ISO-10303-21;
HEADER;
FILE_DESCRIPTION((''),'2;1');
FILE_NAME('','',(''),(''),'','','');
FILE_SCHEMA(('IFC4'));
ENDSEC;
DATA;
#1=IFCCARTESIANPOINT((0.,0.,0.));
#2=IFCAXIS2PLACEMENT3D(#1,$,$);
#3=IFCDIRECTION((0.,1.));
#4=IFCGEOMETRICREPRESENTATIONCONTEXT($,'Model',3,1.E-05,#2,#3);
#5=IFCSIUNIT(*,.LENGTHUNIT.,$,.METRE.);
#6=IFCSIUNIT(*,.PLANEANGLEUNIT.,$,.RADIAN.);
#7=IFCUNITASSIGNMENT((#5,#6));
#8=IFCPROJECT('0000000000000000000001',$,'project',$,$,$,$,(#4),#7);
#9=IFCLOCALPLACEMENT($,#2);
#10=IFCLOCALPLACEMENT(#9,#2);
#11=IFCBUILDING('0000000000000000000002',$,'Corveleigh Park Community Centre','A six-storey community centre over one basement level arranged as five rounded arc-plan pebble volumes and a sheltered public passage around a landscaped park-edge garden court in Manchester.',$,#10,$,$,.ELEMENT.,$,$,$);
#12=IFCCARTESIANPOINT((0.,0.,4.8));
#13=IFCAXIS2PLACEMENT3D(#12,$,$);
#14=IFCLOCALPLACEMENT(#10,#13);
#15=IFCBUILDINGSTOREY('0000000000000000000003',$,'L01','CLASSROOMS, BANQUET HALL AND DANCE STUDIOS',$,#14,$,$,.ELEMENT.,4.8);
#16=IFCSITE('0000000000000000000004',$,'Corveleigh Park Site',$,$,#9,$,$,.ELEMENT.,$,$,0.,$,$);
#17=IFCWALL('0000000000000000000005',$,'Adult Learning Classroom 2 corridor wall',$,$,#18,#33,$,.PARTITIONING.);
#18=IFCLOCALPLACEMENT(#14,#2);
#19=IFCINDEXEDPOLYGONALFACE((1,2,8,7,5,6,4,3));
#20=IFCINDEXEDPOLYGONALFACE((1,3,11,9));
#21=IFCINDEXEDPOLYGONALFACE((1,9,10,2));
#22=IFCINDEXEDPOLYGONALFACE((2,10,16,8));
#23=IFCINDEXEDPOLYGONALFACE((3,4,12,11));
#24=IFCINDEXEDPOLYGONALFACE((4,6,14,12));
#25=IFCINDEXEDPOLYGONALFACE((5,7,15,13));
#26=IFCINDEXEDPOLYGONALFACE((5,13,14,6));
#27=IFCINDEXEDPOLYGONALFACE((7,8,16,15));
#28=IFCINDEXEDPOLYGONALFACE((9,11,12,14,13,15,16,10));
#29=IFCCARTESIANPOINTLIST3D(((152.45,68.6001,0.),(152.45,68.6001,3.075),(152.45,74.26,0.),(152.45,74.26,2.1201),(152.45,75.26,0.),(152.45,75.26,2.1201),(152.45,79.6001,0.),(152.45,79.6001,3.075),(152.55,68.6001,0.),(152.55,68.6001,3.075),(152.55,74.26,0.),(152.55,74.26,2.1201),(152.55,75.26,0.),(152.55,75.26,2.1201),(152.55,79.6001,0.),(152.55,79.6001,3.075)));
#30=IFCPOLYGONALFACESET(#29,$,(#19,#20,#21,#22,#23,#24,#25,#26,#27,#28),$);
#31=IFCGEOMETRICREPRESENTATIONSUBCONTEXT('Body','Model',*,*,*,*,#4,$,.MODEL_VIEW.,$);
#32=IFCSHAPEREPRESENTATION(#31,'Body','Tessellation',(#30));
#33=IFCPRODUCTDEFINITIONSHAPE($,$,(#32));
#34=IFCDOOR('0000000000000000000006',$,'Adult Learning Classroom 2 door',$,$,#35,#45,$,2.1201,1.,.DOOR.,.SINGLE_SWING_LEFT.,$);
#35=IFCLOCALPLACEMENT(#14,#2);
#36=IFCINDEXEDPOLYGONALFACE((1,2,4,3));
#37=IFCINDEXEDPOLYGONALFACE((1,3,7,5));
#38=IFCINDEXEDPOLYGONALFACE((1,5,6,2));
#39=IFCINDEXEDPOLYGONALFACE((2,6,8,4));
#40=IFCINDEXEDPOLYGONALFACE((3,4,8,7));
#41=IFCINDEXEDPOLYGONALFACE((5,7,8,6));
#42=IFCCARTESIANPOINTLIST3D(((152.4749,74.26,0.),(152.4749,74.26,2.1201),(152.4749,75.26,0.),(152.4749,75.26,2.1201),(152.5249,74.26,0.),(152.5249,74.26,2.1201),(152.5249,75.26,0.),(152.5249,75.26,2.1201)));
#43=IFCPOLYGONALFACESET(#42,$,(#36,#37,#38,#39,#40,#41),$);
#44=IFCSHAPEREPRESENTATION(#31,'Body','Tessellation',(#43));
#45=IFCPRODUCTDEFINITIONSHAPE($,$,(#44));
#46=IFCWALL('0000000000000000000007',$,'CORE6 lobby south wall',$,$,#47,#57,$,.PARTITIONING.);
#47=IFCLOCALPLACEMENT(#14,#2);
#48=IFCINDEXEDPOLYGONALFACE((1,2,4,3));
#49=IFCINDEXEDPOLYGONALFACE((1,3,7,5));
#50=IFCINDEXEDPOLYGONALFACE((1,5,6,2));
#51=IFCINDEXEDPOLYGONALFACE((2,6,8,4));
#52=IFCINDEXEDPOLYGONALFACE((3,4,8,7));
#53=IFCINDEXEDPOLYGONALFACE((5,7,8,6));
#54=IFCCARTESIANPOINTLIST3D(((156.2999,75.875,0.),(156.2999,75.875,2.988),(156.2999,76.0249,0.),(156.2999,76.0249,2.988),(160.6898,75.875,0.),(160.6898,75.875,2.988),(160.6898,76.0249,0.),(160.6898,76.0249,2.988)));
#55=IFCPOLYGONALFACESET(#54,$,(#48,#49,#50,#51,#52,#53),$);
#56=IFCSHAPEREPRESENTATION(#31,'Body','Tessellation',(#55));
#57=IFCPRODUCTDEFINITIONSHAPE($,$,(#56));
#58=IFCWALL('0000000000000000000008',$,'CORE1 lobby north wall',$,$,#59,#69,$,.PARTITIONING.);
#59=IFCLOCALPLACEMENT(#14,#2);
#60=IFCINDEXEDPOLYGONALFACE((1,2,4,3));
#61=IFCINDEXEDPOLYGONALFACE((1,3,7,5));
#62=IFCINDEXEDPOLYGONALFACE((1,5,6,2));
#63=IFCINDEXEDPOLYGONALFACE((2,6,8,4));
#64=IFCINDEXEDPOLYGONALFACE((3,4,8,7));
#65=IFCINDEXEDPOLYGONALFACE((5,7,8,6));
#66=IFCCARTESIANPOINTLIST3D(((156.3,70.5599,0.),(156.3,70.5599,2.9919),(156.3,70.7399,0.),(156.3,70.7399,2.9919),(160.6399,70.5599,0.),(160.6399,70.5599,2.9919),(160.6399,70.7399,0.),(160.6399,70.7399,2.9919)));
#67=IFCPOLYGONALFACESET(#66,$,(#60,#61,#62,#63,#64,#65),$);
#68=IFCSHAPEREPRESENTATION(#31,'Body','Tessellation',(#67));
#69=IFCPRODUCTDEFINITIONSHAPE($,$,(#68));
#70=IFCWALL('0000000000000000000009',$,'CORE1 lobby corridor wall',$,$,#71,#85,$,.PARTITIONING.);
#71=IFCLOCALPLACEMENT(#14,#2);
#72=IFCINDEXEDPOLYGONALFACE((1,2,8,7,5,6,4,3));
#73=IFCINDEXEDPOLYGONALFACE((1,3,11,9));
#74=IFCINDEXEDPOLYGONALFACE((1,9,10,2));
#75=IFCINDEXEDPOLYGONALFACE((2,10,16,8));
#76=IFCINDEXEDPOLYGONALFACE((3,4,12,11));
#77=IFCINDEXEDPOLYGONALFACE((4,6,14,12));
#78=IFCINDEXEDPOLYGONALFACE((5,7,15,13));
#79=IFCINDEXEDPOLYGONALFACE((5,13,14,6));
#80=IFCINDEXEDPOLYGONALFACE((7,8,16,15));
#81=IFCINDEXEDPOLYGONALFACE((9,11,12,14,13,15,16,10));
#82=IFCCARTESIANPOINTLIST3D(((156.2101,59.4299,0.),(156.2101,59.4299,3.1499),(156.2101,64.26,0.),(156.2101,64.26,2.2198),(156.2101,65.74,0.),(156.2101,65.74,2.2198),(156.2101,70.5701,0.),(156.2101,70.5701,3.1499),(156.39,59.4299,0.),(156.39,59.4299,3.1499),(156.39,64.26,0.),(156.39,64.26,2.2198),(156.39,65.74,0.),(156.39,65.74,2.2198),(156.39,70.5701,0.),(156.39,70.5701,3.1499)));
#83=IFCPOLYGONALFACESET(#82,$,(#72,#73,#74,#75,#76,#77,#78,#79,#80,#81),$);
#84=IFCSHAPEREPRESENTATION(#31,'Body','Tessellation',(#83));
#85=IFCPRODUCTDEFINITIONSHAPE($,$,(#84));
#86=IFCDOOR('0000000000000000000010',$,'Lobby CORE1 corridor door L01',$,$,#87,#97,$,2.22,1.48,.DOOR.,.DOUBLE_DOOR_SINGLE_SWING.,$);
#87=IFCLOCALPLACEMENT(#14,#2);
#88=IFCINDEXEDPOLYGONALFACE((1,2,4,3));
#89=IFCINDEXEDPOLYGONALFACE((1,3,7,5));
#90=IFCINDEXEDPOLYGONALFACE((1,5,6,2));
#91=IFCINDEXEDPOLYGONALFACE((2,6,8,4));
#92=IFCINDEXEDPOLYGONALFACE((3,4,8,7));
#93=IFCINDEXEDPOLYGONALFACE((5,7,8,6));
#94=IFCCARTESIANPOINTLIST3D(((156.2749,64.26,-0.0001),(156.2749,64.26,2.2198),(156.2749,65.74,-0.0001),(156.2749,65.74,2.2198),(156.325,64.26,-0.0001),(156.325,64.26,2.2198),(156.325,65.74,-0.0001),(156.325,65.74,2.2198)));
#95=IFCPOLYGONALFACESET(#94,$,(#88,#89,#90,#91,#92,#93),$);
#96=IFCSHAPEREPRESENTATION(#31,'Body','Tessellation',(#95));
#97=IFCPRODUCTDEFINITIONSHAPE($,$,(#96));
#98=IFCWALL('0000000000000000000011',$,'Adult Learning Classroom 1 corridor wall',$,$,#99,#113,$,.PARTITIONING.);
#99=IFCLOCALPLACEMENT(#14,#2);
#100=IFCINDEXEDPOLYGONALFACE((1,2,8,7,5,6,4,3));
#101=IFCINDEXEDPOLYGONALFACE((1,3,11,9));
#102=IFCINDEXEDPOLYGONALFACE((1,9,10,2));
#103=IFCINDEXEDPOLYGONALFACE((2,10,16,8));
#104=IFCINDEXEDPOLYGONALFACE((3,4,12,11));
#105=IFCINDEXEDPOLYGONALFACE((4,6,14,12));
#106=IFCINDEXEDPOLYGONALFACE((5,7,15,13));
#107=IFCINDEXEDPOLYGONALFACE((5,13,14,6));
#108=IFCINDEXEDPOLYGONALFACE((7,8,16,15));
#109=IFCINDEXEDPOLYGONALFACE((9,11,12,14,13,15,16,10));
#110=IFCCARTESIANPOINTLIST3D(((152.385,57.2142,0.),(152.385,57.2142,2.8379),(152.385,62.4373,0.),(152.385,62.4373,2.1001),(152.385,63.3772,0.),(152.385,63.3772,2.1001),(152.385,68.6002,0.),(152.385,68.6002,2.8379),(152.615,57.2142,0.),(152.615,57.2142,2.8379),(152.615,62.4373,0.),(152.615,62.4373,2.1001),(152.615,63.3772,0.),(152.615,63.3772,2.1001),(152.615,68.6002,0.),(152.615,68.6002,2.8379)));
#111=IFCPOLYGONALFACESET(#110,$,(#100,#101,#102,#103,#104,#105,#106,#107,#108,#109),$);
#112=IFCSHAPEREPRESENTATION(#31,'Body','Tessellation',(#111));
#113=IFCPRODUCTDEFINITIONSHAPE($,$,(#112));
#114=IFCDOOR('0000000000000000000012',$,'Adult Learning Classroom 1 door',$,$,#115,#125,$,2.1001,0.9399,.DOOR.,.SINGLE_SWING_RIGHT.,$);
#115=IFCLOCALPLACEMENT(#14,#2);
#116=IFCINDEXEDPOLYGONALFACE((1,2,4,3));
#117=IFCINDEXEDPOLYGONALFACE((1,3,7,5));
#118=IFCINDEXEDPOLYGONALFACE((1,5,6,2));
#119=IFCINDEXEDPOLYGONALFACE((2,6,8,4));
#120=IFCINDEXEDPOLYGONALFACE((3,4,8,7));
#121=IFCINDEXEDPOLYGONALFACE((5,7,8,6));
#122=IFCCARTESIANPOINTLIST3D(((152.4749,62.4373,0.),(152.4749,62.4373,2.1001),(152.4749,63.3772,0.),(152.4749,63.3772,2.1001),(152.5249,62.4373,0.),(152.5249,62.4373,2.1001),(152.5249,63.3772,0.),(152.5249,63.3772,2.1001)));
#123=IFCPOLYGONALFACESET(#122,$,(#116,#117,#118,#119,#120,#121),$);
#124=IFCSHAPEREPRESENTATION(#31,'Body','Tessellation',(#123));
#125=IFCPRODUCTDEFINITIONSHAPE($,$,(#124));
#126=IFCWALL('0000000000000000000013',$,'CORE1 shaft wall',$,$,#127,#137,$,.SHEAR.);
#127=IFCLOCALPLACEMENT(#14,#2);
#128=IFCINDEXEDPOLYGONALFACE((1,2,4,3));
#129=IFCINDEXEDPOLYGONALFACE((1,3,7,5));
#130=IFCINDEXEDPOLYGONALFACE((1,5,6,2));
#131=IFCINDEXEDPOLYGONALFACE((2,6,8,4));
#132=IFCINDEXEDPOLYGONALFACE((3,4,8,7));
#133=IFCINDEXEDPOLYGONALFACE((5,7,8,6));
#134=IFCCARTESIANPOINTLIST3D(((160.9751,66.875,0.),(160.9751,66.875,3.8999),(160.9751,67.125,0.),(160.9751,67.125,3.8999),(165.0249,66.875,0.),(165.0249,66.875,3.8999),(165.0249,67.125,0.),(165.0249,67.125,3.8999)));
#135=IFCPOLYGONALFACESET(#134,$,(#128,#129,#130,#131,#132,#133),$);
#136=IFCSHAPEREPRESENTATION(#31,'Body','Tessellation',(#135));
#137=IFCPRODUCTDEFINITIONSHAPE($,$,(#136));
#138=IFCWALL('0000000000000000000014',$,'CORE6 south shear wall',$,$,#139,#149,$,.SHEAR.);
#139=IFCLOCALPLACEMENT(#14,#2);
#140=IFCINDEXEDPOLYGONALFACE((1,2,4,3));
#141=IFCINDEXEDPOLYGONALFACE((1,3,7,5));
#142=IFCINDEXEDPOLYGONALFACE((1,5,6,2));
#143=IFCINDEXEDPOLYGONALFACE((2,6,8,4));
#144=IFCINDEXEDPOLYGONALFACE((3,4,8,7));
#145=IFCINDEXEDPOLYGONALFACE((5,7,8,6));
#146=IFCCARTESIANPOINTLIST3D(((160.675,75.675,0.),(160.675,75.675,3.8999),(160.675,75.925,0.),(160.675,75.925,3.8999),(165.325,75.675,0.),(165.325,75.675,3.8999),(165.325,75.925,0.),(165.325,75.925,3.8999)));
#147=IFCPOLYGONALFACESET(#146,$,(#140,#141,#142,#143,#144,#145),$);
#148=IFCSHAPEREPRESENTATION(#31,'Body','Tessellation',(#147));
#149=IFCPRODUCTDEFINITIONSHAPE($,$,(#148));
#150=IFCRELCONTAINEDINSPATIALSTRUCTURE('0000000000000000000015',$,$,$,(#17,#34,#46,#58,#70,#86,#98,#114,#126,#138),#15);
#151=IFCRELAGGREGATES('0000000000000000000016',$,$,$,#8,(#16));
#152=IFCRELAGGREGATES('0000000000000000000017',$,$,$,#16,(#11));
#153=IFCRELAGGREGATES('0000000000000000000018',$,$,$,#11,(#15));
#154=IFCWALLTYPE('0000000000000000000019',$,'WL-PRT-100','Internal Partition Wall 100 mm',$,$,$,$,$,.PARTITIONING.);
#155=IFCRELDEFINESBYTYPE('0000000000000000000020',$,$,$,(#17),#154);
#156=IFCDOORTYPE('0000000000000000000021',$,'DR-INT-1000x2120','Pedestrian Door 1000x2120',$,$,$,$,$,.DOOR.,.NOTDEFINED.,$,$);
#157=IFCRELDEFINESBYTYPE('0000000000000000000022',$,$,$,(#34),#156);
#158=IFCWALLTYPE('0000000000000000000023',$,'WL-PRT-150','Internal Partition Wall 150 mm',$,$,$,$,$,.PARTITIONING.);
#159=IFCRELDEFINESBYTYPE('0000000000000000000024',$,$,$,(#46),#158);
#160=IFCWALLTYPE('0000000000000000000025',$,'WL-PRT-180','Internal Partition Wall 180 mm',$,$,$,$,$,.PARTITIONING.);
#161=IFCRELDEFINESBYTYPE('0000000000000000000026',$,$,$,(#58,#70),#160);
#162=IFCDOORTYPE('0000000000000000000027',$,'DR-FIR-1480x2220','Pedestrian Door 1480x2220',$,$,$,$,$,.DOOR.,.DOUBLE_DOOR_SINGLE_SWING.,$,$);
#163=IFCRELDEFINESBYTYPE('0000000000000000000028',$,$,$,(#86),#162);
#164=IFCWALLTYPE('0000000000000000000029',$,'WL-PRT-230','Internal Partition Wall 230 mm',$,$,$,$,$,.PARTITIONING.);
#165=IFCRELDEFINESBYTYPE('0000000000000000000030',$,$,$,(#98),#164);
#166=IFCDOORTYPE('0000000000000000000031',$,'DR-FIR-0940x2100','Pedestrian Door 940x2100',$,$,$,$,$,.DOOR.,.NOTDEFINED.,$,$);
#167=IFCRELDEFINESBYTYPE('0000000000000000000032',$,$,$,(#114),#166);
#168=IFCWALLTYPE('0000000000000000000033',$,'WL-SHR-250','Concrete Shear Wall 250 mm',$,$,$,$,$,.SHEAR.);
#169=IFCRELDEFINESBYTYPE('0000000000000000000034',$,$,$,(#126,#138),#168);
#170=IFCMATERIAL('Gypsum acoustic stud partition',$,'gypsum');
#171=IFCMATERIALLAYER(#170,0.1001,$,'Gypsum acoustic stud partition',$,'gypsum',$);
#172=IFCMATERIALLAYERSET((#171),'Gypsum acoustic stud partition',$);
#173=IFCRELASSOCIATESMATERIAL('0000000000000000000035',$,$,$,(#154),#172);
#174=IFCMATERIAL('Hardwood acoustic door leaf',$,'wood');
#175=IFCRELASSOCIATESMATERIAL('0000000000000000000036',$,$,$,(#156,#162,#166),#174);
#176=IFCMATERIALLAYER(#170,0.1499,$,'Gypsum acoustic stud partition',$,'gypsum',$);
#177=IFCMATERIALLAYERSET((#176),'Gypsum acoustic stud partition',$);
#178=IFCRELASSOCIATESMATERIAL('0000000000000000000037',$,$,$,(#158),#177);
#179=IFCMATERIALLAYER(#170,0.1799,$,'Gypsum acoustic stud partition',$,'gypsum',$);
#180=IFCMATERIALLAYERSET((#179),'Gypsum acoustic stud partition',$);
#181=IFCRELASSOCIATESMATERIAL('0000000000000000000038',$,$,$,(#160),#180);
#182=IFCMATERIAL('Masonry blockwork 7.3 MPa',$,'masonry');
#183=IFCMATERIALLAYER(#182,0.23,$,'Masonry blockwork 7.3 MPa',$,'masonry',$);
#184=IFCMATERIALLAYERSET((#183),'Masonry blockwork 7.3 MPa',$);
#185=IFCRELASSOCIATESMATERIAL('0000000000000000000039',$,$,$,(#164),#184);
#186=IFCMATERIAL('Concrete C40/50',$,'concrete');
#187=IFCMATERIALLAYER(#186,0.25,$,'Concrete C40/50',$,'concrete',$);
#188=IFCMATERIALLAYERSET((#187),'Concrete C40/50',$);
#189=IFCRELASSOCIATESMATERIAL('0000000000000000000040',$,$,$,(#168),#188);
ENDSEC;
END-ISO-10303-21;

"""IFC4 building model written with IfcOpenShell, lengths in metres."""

from ifc_helpers import new_model, si_unit, direction, frame, frame_2d, origin, place, context, subcontext, project, spatial, rectangle, extrude, material, layer, layer_set, type_object, element, fill, save


model = new_model("IFC4")

# Units and contexts
model_context = context("Model", 3, precision=1e-05, world=origin(), true_north=direction((0.0, 1.0)))
body_context = subcontext(model_context, "Body", "Model", "MODEL_VIEW")
ifc_project = project(units=[si_unit("LENGTHUNIT", "METRE"), si_unit("PLANEANGLEUNIT", "RADIAN")], contexts=[model_context])

# Site, building, storey
site_placement = place(None, origin())
site = spatial("IfcSite", under=ifc_project, at=site_placement, Name="Corveleigh Park Site", CompositionType="ELEMENT", RefElevation=0.0)
building_placement = place(site_placement, origin())
building = spatial("IfcBuilding", under=site, at=building_placement, Name="Corveleigh Park Community Centre", Description="A six-storey community centre over one basement level arranged as five rounded arc-plan pebble volumes and a sheltered public passage around a landscaped park-edge garden court in Manchester.", CompositionType="ELEMENT")
storey_placement = place(building_placement, frame((0.0, 0.0, 4.8)))
storey = spatial("IfcBuildingStorey", under=building, at=storey_placement, Name="L01", Description="CLASSROOMS, BANQUET HALL AND DANCE STUDIOS", CompositionType="ELEMENT", Elevation=4.8)

# Shared definitions
ifc_material_1 = material(Name="Concrete C40/50", Category="concrete")

# Wall, opening, door
ifc_material_2 = material(Name="Gypsum acoustic stud partition", Category="gypsum")
ifc_layer_1 = layer(ifc_material_2, 0.1001, Name="Gypsum acoustic stud partition", Category="gypsum")
ifc_layer_set_1 = layer_set([ifc_layer_1], Name="Gypsum acoustic stud partition")
wall_type_1 = type_object("IfcWallType", Name="WL-PRT-100", Description="Internal Partition Wall 100 mm", PredefinedType="PARTITIONING", material=ifc_layer_set_1)
wall_1_placement = place(storey_placement, frame((152.5, 79.6001, 0.0), z_axis=(0.0, 0.0, 1.0), x_axis=(0.0, -1.0, 0.0)))
wall_1 = element("IfcWall", 1, at=wall_1_placement, inside=storey, type_object=wall_type_1, Name="Adult Learning Classroom 2 corridor wall", PredefinedType="PARTITIONING", context=body_context, shape_type="SweptSolid", body=[
    extrude(rectangle(XDim=11.0, YDim=0.1001, at=frame_2d((5.5, 0.0))), origin(), (0.0, 0.0, 1.0), 3.075),
])
opening_1_placement = place(wall_1_placement, frame((4.3401, 0.0, 0.0)))
opening_1 = element("IfcOpeningElement", 2, at=opening_1_placement, cuts=wall_1, PredefinedType="OPENING", context=body_context, shape_type="SweptSolid", body=[
    extrude(rectangle(XDim=1.0, YDim=2.1201, at=frame_2d((0.5, 1.0601))), frame((0.0, 0.0601, 0.0), z_axis=(0.0, -1.0, 0.0), x_axis=(1.0, 0.0, 0.0)), (0.0, 0.0, 1.0), 0.1201),
])
ifc_material_3 = material(Name="Hardwood acoustic door leaf", Category="wood")
door_type_1 = type_object("IfcDoorType", Name="DR-INT-1000x2120", Description="Pedestrian Door 1000x2120", OperationType="NOTDEFINED", PredefinedType="DOOR", material=ifc_material_3)
door_1_placement = place(opening_1_placement, origin())
door_1 = element("IfcDoor", 3, at=door_1_placement, inside=storey, type_object=door_type_1, Name="Adult Learning Classroom 2 door", OperationType="SINGLE_SWING_LEFT", OverallHeight=2.1201, OverallWidth=1.0, PredefinedType="DOOR", context=body_context, shape_type="SweptSolid", body=[
    extrude(rectangle(XDim=1.0, YDim=2.1201, at=frame_2d((0.5, 1.0601))), frame((0.0, 0.0249, 0.0), z_axis=(0.0, -1.0, 0.0), x_axis=(1.0, 0.0, 0.0)), (0.0, 0.0, 1.0), 0.05),
])
fill(opening_1, door_1)

# Walls
ifc_layer_2 = layer(ifc_material_2, 0.1499, Name="Gypsum acoustic stud partition", Category="gypsum")
ifc_layer_set_2 = layer_set([ifc_layer_2], Name="Gypsum acoustic stud partition")
wall_type_2 = type_object("IfcWallType", Name="WL-PRT-150", Description="Internal Partition Wall 150 mm", PredefinedType="PARTITIONING", material=ifc_layer_set_2)
wall_2_placement = place(storey_placement, frame((156.3, 75.95, 0.0), z_axis=(0.0, 0.0, 1.0), x_axis=(1.0, 0.0, 0.0)))
element("IfcWall", 4, at=wall_2_placement, inside=storey, type_object=wall_type_2, Name="CORE6 lobby south wall", PredefinedType="PARTITIONING", context=body_context, shape_type="SweptSolid", body=[
    extrude(rectangle(XDim=4.3899, YDim=0.1499, at=frame_2d((2.1948, 0.0))), origin(), (0.0, 0.0, 1.0), 2.988),
])
ifc_layer_3 = layer(ifc_material_2, 0.1799, Name="Gypsum acoustic stud partition", Category="gypsum")
ifc_layer_set_3 = layer_set([ifc_layer_3], Name="Gypsum acoustic stud partition")
wall_type_3 = type_object("IfcWallType", Name="WL-PRT-180", Description="Internal Partition Wall 180 mm", PredefinedType="PARTITIONING", material=ifc_layer_set_3)
wall_3_placement = place(storey_placement, frame((160.6399, 70.6499, 0.0), z_axis=(0.0, 0.0, 1.0), x_axis=(-1.0, 0.0, 0.0)))
element("IfcWall", 5, at=wall_3_placement, inside=storey, type_object=wall_type_3, Name="CORE1 lobby north wall", PredefinedType="PARTITIONING", context=body_context, shape_type="SweptSolid", body=[
    extrude(rectangle(XDim=4.3398, YDim=0.1799, at=frame_2d((2.1699, 0.0))), origin(), (0.0, 0.0, 1.0), 2.9919),
])

# Walls, openings, doors
wall_4_placement = place(storey_placement, frame((156.3, 70.5701, 0.0), z_axis=(0.0, 0.0, 1.0), x_axis=(0.0, -1.0, 0.0)))
wall_4 = element("IfcWall", 6, at=wall_4_placement, inside=storey, type_object=wall_type_3, Name="CORE1 lobby corridor wall", PredefinedType="PARTITIONING", context=body_context, shape_type="SweptSolid", body=[
    extrude(rectangle(XDim=11.1401, YDim=0.1799, at=frame_2d((5.5701, 0.0))), origin(), (0.0, 0.0, 1.0), 3.1499),
])
opening_2_placement = place(wall_4_placement, frame((4.8301, 0.0, 0.0)))
opening_2 = element("IfcOpeningElement", 7, at=opening_2_placement, cuts=wall_4, PredefinedType="OPENING", context=body_context, shape_type="SweptSolid", body=[
    extrude(rectangle(XDim=1.48, YDim=2.22, at=frame_2d((0.74, 1.1099))), frame((0.0, 0.0999, 0.0), z_axis=(0.0, -1.0, 0.0), x_axis=(1.0, 0.0, 0.0)), (0.0, 0.0, 1.0), 0.2),
])
door_type_2 = type_object("IfcDoorType", Name="DR-FIR-1480x2220", Description="Pedestrian Door 1480x2220", OperationType="DOUBLE_DOOR_SINGLE_SWING", PredefinedType="DOOR", material=ifc_material_3)
door_2_placement = place(opening_2_placement, origin())
door_2 = element("IfcDoor", 8, at=door_2_placement, inside=storey, type_object=door_type_2, Name="Lobby CORE1 corridor door L01", OperationType="DOUBLE_DOOR_SINGLE_SWING", OverallHeight=2.22, OverallWidth=1.48, PredefinedType="DOOR", context=body_context, shape_type="SweptSolid", body=[
    extrude(rectangle(XDim=1.48, YDim=2.22, at=frame_2d((0.74, 1.1099))), frame((0.0, 0.0249, 0.0), z_axis=(0.0, -1.0, 0.0), x_axis=(1.0, 0.0, 0.0)), (0.0, 0.0, 1.0), 0.05),
])
fill(opening_2, door_2)
ifc_material_4 = material(Name="Masonry blockwork 7.3 MPa", Category="masonry")
ifc_layer_4 = layer(ifc_material_4, 0.23, Name="Masonry blockwork 7.3 MPa", Category="masonry")
ifc_layer_set_4 = layer_set([ifc_layer_4], Name="Masonry blockwork 7.3 MPa")
wall_type_4 = type_object("IfcWallType", Name="WL-PRT-230", Description="Internal Partition Wall 230 mm", PredefinedType="PARTITIONING", material=ifc_layer_set_4)
wall_5_placement = place(storey_placement, frame((152.5, 68.6001, 0.0), z_axis=(0.0, 0.0, 1.0), x_axis=(0.0, -1.0, 0.0)))
wall_5 = element("IfcWall", 9, at=wall_5_placement, inside=storey, type_object=wall_type_4, Name="Adult Learning Classroom 1 corridor wall", PredefinedType="PARTITIONING", context=body_context, shape_type="SweptSolid", body=[
    extrude(rectangle(XDim=11.386, YDim=0.23, at=frame_2d((5.6929, 0.0))), origin(), (0.0, 0.0, 1.0), 2.8379),
])
opening_3_placement = place(wall_5_placement, frame((5.2229, 0.0, 0.0)))
opening_3 = element("IfcOpeningElement", 10, at=opening_3_placement, cuts=wall_5, PredefinedType="OPENING", context=body_context, shape_type="SweptSolid", body=[
    extrude(rectangle(XDim=0.9399, YDim=2.1001, at=frame_2d((0.47, 1.05))), frame((0.0, 0.125, 0.0), z_axis=(0.0, -1.0, 0.0), x_axis=(1.0, 0.0, 0.0)), (0.0, 0.0, 1.0), 0.25),
])
door_type_3 = type_object("IfcDoorType", Name="DR-FIR-0940x2100", Description="Pedestrian Door 940x2100", OperationType="NOTDEFINED", PredefinedType="DOOR", material=ifc_material_3)
door_3_placement = place(opening_3_placement, origin())
door_3 = element("IfcDoor", 11, at=door_3_placement, inside=storey, type_object=door_type_3, Name="Adult Learning Classroom 1 door", OperationType="SINGLE_SWING_RIGHT", OverallHeight=2.1001, OverallWidth=0.9399, PredefinedType="DOOR", context=body_context, shape_type="SweptSolid", body=[
    extrude(rectangle(XDim=0.9399, YDim=2.1001, at=frame_2d((0.47, 1.05))), frame((0.0, 0.0249, 0.0), z_axis=(0.0, -1.0, 0.0), x_axis=(1.0, 0.0, 0.0)), (0.0, 0.0, 1.0), 0.05),
])
fill(opening_3, door_3)

# Walls
ifc_layer_5 = layer(ifc_material_1, 0.25, Name="Concrete C40/50", Category="concrete")
ifc_layer_set_5 = layer_set([ifc_layer_5], Name="Concrete C40/50")
wall_type_5 = type_object("IfcWallType", Name="WL-SHR-250", Description="Concrete Shear Wall 250 mm", PredefinedType="SHEAR", material=ifc_layer_set_5)
wall_6_placement = place(storey_placement, frame((160.9751, 67.0, 0.0), z_axis=(0.0, 0.0, 1.0), x_axis=(1.0, 0.0, 0.0)))
element("IfcWall", 12, at=wall_6_placement, inside=storey, type_object=wall_type_5, Name="CORE1 shaft wall", PredefinedType="SHEAR", context=body_context, shape_type="SweptSolid", body=[
    extrude(rectangle(XDim=4.0498, YDim=0.25, at=frame_2d((2.0249, 0.0))), origin(), (0.0, 0.0, 1.0), 3.8999),
])
wall_7_placement = place(storey_placement, frame((160.675, 75.8, 0.0), z_axis=(0.0, 0.0, 1.0), x_axis=(1.0, 0.0, 0.0)))
element("IfcWall", 13, at=wall_7_placement, inside=storey, type_object=wall_type_5, Name="CORE6 south shear wall", PredefinedType="SHEAR", context=body_context, shape_type="SweptSolid", body=[
    extrude(rectangle(XDim=4.6499, YDim=0.25, at=frame_2d((2.325, 0.0))), origin(), (0.0, 0.0, 1.0), 3.8999),
])

save(model, "model.ifc")
